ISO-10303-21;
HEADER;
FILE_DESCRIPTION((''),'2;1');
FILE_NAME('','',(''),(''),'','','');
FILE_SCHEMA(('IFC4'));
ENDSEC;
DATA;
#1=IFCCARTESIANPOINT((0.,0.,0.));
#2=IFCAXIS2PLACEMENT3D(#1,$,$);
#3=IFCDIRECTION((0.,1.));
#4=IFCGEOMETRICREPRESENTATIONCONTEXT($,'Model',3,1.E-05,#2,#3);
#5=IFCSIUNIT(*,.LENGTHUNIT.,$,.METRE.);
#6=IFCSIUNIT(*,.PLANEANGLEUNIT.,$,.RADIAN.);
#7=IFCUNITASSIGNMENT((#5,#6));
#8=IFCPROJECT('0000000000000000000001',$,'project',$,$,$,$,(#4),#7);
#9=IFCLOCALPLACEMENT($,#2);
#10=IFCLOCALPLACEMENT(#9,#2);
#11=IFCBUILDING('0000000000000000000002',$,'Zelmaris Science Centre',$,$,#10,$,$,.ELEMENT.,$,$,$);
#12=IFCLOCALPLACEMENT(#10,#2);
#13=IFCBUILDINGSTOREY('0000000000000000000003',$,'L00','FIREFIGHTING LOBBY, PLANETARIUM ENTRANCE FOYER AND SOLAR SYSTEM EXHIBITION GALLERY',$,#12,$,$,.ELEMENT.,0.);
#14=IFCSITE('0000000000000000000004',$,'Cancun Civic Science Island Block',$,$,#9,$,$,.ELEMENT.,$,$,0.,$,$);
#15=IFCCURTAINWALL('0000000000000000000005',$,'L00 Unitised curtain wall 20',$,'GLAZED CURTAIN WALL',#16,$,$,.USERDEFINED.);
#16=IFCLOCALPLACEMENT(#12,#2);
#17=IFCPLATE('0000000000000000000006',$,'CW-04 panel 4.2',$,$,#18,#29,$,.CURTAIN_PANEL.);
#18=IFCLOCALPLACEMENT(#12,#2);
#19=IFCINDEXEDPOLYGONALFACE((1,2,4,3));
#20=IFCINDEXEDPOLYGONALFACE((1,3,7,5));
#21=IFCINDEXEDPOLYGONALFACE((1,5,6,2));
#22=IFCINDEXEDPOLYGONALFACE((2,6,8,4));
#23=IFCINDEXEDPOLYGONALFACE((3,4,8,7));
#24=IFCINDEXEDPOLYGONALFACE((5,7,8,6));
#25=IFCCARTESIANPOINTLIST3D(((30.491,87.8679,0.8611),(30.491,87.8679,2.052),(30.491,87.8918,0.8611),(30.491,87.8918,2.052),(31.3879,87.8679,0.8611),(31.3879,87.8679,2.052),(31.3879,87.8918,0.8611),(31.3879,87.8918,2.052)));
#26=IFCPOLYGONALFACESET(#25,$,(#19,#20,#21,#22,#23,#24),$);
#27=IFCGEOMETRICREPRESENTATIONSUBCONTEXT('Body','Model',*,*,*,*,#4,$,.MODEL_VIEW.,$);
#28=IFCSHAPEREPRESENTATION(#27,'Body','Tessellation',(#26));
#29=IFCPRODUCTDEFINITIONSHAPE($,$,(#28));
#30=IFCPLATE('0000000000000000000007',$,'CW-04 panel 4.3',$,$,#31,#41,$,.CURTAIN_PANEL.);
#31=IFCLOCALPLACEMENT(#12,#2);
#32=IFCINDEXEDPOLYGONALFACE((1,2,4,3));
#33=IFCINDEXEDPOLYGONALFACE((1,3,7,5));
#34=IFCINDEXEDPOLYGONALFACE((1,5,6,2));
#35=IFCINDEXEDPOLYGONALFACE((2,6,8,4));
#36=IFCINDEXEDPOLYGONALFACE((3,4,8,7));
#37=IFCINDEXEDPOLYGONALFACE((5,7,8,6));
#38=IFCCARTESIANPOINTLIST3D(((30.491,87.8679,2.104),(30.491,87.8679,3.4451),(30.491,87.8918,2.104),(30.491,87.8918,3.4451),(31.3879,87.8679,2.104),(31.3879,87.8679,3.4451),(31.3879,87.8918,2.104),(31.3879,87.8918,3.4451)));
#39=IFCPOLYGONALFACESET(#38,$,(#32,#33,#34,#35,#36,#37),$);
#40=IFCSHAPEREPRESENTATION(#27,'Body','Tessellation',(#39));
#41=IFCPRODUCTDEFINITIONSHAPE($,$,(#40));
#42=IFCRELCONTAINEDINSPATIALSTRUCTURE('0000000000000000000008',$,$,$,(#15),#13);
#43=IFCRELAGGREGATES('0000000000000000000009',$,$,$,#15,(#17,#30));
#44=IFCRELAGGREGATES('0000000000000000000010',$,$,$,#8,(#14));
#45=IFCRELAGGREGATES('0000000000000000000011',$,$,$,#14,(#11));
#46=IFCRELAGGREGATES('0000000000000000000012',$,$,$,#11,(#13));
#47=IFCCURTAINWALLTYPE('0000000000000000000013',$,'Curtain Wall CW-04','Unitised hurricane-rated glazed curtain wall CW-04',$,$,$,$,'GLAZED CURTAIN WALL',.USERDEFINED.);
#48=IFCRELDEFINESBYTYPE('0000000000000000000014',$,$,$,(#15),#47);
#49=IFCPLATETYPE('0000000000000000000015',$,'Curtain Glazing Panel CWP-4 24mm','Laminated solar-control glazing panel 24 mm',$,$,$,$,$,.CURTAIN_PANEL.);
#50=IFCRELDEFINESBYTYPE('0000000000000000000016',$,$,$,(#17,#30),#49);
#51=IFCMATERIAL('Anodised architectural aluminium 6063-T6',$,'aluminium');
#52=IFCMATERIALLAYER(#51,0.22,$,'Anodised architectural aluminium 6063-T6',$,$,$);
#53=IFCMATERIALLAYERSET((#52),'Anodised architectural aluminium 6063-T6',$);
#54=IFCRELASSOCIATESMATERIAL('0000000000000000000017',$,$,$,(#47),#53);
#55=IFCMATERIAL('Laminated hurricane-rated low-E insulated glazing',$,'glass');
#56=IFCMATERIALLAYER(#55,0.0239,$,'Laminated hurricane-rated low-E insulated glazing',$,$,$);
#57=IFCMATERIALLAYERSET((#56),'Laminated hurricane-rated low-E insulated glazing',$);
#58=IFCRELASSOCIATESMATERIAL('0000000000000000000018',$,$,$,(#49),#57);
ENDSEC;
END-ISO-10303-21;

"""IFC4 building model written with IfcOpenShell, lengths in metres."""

from ifc_helpers import new_model, si_unit, direction, frame, origin, origin_2d, place, context, subcontext, project, spatial, rectangle, extrude, material, layer, layer_set, type_object, element, aggregate, save


model = new_model("IFC4")

# Units and contexts
model_context = context("Model", 3, precision=1e-05, world=origin(), true_north=direction((0.0, 1.0)))
body_context = subcontext(model_context, "Body", "Model", "MODEL_VIEW")
ifc_project = project(units=[si_unit("LENGTHUNIT", "METRE"), si_unit("PLANEANGLEUNIT", "RADIAN")], contexts=[model_context])

# Site, building, storey
site_placement = place(None, origin())
site = spatial("IfcSite", under=ifc_project, at=site_placement, Name="Cancun Civic Science Island Block", CompositionType="ELEMENT", RefElevation=0.0)
building_placement = place(site_placement, origin())
building = spatial("IfcBuilding", under=site, at=building_placement, Name="Zelmaris Science Centre", CompositionType="ELEMENT")
storey_placement = place(building_placement, origin())
storey = spatial("IfcBuildingStorey", under=building, at=storey_placement, Name="L00", Description="FIREFIGHTING LOBBY, PLANETARIUM ENTRANCE FOYER AND SOLAR SYSTEM EXHIBITION GALLERY", CompositionType="ELEMENT", Elevation=0.0)

# Curtain wall
ifc_material_1 = material(Name="Anodised architectural aluminium 6063-T6", Category="aluminium")
ifc_layer_1 = layer(ifc_material_1, 0.22, Name="Anodised architectural aluminium 6063-T6")
ifc_layer_set_1 = layer_set([ifc_layer_1], Name="Anodised architectural aluminium 6063-T6")
curtain_wall_type = type_object("IfcCurtainWallType", Name="Curtain Wall CW-04", Description="Unitised hurricane-rated glazed curtain wall CW-04", ElementType="GLAZED CURTAIN WALL", PredefinedType="USERDEFINED", material=ifc_layer_set_1)
curtain_wall_placement = place(storey_placement, origin())
curtain_wall = element("IfcCurtainWall", 1, at=curtain_wall_placement, inside=storey, type_object=curtain_wall_type, Name="L00 Unitised curtain wall 20", ObjectType="GLAZED CURTAIN WALL", PredefinedType="USERDEFINED")

# Plates
ifc_material_2 = material(Name="Laminated hurricane-rated low-E insulated glazing", Category="glass")
ifc_layer_2 = layer(ifc_material_2, 0.0239, Name="Laminated hurricane-rated low-E insulated glazing")
ifc_layer_set_2 = layer_set([ifc_layer_2], Name="Laminated hurricane-rated low-E insulated glazing")
plate_type = type_object("IfcPlateType", Name="Curtain Glazing Panel CWP-4 24mm", Description="Laminated solar-control glazing panel 24 mm", PredefinedType="CURTAIN_PANEL", material=ifc_layer_set_2)
plate_1_placement = place(storey_placement, frame((30.9395, 87.8799, 0.8611), z_axis=(0.0, 0.0, 1.0), x_axis=(1.0, 0.0, 0.0)))
plate_1 = element("IfcPlate", 2, at=plate_1_placement, type_object=plate_type, Name="CW-04 panel 4.2", PredefinedType="CURTAIN_PANEL", context=body_context, shape_type="SweptSolid", body=[
    extrude(rectangle(XDim=0.897, YDim=0.0239, at=origin_2d()), origin(), (0.0, 0.0, 1.0), 1.1909),
])
plate_2_placement = place(storey_placement, frame((30.9395, 87.8799, 2.104), z_axis=(0.0, 0.0, 1.0), x_axis=(1.0, 0.0, 0.0)))
plate_2 = element("IfcPlate", 3, at=plate_2_placement, type_object=plate_type, Name="CW-04 panel 4.3", PredefinedType="CURTAIN_PANEL", context=body_context, shape_type="SweptSolid", body=[
    extrude(rectangle(XDim=0.897, YDim=0.0239, at=origin_2d()), origin(), (0.0, 0.0, 1.0), 1.3411),
])
aggregate(curtain_wall, [plate_1, plate_2])

save(model, "model.ifc")
